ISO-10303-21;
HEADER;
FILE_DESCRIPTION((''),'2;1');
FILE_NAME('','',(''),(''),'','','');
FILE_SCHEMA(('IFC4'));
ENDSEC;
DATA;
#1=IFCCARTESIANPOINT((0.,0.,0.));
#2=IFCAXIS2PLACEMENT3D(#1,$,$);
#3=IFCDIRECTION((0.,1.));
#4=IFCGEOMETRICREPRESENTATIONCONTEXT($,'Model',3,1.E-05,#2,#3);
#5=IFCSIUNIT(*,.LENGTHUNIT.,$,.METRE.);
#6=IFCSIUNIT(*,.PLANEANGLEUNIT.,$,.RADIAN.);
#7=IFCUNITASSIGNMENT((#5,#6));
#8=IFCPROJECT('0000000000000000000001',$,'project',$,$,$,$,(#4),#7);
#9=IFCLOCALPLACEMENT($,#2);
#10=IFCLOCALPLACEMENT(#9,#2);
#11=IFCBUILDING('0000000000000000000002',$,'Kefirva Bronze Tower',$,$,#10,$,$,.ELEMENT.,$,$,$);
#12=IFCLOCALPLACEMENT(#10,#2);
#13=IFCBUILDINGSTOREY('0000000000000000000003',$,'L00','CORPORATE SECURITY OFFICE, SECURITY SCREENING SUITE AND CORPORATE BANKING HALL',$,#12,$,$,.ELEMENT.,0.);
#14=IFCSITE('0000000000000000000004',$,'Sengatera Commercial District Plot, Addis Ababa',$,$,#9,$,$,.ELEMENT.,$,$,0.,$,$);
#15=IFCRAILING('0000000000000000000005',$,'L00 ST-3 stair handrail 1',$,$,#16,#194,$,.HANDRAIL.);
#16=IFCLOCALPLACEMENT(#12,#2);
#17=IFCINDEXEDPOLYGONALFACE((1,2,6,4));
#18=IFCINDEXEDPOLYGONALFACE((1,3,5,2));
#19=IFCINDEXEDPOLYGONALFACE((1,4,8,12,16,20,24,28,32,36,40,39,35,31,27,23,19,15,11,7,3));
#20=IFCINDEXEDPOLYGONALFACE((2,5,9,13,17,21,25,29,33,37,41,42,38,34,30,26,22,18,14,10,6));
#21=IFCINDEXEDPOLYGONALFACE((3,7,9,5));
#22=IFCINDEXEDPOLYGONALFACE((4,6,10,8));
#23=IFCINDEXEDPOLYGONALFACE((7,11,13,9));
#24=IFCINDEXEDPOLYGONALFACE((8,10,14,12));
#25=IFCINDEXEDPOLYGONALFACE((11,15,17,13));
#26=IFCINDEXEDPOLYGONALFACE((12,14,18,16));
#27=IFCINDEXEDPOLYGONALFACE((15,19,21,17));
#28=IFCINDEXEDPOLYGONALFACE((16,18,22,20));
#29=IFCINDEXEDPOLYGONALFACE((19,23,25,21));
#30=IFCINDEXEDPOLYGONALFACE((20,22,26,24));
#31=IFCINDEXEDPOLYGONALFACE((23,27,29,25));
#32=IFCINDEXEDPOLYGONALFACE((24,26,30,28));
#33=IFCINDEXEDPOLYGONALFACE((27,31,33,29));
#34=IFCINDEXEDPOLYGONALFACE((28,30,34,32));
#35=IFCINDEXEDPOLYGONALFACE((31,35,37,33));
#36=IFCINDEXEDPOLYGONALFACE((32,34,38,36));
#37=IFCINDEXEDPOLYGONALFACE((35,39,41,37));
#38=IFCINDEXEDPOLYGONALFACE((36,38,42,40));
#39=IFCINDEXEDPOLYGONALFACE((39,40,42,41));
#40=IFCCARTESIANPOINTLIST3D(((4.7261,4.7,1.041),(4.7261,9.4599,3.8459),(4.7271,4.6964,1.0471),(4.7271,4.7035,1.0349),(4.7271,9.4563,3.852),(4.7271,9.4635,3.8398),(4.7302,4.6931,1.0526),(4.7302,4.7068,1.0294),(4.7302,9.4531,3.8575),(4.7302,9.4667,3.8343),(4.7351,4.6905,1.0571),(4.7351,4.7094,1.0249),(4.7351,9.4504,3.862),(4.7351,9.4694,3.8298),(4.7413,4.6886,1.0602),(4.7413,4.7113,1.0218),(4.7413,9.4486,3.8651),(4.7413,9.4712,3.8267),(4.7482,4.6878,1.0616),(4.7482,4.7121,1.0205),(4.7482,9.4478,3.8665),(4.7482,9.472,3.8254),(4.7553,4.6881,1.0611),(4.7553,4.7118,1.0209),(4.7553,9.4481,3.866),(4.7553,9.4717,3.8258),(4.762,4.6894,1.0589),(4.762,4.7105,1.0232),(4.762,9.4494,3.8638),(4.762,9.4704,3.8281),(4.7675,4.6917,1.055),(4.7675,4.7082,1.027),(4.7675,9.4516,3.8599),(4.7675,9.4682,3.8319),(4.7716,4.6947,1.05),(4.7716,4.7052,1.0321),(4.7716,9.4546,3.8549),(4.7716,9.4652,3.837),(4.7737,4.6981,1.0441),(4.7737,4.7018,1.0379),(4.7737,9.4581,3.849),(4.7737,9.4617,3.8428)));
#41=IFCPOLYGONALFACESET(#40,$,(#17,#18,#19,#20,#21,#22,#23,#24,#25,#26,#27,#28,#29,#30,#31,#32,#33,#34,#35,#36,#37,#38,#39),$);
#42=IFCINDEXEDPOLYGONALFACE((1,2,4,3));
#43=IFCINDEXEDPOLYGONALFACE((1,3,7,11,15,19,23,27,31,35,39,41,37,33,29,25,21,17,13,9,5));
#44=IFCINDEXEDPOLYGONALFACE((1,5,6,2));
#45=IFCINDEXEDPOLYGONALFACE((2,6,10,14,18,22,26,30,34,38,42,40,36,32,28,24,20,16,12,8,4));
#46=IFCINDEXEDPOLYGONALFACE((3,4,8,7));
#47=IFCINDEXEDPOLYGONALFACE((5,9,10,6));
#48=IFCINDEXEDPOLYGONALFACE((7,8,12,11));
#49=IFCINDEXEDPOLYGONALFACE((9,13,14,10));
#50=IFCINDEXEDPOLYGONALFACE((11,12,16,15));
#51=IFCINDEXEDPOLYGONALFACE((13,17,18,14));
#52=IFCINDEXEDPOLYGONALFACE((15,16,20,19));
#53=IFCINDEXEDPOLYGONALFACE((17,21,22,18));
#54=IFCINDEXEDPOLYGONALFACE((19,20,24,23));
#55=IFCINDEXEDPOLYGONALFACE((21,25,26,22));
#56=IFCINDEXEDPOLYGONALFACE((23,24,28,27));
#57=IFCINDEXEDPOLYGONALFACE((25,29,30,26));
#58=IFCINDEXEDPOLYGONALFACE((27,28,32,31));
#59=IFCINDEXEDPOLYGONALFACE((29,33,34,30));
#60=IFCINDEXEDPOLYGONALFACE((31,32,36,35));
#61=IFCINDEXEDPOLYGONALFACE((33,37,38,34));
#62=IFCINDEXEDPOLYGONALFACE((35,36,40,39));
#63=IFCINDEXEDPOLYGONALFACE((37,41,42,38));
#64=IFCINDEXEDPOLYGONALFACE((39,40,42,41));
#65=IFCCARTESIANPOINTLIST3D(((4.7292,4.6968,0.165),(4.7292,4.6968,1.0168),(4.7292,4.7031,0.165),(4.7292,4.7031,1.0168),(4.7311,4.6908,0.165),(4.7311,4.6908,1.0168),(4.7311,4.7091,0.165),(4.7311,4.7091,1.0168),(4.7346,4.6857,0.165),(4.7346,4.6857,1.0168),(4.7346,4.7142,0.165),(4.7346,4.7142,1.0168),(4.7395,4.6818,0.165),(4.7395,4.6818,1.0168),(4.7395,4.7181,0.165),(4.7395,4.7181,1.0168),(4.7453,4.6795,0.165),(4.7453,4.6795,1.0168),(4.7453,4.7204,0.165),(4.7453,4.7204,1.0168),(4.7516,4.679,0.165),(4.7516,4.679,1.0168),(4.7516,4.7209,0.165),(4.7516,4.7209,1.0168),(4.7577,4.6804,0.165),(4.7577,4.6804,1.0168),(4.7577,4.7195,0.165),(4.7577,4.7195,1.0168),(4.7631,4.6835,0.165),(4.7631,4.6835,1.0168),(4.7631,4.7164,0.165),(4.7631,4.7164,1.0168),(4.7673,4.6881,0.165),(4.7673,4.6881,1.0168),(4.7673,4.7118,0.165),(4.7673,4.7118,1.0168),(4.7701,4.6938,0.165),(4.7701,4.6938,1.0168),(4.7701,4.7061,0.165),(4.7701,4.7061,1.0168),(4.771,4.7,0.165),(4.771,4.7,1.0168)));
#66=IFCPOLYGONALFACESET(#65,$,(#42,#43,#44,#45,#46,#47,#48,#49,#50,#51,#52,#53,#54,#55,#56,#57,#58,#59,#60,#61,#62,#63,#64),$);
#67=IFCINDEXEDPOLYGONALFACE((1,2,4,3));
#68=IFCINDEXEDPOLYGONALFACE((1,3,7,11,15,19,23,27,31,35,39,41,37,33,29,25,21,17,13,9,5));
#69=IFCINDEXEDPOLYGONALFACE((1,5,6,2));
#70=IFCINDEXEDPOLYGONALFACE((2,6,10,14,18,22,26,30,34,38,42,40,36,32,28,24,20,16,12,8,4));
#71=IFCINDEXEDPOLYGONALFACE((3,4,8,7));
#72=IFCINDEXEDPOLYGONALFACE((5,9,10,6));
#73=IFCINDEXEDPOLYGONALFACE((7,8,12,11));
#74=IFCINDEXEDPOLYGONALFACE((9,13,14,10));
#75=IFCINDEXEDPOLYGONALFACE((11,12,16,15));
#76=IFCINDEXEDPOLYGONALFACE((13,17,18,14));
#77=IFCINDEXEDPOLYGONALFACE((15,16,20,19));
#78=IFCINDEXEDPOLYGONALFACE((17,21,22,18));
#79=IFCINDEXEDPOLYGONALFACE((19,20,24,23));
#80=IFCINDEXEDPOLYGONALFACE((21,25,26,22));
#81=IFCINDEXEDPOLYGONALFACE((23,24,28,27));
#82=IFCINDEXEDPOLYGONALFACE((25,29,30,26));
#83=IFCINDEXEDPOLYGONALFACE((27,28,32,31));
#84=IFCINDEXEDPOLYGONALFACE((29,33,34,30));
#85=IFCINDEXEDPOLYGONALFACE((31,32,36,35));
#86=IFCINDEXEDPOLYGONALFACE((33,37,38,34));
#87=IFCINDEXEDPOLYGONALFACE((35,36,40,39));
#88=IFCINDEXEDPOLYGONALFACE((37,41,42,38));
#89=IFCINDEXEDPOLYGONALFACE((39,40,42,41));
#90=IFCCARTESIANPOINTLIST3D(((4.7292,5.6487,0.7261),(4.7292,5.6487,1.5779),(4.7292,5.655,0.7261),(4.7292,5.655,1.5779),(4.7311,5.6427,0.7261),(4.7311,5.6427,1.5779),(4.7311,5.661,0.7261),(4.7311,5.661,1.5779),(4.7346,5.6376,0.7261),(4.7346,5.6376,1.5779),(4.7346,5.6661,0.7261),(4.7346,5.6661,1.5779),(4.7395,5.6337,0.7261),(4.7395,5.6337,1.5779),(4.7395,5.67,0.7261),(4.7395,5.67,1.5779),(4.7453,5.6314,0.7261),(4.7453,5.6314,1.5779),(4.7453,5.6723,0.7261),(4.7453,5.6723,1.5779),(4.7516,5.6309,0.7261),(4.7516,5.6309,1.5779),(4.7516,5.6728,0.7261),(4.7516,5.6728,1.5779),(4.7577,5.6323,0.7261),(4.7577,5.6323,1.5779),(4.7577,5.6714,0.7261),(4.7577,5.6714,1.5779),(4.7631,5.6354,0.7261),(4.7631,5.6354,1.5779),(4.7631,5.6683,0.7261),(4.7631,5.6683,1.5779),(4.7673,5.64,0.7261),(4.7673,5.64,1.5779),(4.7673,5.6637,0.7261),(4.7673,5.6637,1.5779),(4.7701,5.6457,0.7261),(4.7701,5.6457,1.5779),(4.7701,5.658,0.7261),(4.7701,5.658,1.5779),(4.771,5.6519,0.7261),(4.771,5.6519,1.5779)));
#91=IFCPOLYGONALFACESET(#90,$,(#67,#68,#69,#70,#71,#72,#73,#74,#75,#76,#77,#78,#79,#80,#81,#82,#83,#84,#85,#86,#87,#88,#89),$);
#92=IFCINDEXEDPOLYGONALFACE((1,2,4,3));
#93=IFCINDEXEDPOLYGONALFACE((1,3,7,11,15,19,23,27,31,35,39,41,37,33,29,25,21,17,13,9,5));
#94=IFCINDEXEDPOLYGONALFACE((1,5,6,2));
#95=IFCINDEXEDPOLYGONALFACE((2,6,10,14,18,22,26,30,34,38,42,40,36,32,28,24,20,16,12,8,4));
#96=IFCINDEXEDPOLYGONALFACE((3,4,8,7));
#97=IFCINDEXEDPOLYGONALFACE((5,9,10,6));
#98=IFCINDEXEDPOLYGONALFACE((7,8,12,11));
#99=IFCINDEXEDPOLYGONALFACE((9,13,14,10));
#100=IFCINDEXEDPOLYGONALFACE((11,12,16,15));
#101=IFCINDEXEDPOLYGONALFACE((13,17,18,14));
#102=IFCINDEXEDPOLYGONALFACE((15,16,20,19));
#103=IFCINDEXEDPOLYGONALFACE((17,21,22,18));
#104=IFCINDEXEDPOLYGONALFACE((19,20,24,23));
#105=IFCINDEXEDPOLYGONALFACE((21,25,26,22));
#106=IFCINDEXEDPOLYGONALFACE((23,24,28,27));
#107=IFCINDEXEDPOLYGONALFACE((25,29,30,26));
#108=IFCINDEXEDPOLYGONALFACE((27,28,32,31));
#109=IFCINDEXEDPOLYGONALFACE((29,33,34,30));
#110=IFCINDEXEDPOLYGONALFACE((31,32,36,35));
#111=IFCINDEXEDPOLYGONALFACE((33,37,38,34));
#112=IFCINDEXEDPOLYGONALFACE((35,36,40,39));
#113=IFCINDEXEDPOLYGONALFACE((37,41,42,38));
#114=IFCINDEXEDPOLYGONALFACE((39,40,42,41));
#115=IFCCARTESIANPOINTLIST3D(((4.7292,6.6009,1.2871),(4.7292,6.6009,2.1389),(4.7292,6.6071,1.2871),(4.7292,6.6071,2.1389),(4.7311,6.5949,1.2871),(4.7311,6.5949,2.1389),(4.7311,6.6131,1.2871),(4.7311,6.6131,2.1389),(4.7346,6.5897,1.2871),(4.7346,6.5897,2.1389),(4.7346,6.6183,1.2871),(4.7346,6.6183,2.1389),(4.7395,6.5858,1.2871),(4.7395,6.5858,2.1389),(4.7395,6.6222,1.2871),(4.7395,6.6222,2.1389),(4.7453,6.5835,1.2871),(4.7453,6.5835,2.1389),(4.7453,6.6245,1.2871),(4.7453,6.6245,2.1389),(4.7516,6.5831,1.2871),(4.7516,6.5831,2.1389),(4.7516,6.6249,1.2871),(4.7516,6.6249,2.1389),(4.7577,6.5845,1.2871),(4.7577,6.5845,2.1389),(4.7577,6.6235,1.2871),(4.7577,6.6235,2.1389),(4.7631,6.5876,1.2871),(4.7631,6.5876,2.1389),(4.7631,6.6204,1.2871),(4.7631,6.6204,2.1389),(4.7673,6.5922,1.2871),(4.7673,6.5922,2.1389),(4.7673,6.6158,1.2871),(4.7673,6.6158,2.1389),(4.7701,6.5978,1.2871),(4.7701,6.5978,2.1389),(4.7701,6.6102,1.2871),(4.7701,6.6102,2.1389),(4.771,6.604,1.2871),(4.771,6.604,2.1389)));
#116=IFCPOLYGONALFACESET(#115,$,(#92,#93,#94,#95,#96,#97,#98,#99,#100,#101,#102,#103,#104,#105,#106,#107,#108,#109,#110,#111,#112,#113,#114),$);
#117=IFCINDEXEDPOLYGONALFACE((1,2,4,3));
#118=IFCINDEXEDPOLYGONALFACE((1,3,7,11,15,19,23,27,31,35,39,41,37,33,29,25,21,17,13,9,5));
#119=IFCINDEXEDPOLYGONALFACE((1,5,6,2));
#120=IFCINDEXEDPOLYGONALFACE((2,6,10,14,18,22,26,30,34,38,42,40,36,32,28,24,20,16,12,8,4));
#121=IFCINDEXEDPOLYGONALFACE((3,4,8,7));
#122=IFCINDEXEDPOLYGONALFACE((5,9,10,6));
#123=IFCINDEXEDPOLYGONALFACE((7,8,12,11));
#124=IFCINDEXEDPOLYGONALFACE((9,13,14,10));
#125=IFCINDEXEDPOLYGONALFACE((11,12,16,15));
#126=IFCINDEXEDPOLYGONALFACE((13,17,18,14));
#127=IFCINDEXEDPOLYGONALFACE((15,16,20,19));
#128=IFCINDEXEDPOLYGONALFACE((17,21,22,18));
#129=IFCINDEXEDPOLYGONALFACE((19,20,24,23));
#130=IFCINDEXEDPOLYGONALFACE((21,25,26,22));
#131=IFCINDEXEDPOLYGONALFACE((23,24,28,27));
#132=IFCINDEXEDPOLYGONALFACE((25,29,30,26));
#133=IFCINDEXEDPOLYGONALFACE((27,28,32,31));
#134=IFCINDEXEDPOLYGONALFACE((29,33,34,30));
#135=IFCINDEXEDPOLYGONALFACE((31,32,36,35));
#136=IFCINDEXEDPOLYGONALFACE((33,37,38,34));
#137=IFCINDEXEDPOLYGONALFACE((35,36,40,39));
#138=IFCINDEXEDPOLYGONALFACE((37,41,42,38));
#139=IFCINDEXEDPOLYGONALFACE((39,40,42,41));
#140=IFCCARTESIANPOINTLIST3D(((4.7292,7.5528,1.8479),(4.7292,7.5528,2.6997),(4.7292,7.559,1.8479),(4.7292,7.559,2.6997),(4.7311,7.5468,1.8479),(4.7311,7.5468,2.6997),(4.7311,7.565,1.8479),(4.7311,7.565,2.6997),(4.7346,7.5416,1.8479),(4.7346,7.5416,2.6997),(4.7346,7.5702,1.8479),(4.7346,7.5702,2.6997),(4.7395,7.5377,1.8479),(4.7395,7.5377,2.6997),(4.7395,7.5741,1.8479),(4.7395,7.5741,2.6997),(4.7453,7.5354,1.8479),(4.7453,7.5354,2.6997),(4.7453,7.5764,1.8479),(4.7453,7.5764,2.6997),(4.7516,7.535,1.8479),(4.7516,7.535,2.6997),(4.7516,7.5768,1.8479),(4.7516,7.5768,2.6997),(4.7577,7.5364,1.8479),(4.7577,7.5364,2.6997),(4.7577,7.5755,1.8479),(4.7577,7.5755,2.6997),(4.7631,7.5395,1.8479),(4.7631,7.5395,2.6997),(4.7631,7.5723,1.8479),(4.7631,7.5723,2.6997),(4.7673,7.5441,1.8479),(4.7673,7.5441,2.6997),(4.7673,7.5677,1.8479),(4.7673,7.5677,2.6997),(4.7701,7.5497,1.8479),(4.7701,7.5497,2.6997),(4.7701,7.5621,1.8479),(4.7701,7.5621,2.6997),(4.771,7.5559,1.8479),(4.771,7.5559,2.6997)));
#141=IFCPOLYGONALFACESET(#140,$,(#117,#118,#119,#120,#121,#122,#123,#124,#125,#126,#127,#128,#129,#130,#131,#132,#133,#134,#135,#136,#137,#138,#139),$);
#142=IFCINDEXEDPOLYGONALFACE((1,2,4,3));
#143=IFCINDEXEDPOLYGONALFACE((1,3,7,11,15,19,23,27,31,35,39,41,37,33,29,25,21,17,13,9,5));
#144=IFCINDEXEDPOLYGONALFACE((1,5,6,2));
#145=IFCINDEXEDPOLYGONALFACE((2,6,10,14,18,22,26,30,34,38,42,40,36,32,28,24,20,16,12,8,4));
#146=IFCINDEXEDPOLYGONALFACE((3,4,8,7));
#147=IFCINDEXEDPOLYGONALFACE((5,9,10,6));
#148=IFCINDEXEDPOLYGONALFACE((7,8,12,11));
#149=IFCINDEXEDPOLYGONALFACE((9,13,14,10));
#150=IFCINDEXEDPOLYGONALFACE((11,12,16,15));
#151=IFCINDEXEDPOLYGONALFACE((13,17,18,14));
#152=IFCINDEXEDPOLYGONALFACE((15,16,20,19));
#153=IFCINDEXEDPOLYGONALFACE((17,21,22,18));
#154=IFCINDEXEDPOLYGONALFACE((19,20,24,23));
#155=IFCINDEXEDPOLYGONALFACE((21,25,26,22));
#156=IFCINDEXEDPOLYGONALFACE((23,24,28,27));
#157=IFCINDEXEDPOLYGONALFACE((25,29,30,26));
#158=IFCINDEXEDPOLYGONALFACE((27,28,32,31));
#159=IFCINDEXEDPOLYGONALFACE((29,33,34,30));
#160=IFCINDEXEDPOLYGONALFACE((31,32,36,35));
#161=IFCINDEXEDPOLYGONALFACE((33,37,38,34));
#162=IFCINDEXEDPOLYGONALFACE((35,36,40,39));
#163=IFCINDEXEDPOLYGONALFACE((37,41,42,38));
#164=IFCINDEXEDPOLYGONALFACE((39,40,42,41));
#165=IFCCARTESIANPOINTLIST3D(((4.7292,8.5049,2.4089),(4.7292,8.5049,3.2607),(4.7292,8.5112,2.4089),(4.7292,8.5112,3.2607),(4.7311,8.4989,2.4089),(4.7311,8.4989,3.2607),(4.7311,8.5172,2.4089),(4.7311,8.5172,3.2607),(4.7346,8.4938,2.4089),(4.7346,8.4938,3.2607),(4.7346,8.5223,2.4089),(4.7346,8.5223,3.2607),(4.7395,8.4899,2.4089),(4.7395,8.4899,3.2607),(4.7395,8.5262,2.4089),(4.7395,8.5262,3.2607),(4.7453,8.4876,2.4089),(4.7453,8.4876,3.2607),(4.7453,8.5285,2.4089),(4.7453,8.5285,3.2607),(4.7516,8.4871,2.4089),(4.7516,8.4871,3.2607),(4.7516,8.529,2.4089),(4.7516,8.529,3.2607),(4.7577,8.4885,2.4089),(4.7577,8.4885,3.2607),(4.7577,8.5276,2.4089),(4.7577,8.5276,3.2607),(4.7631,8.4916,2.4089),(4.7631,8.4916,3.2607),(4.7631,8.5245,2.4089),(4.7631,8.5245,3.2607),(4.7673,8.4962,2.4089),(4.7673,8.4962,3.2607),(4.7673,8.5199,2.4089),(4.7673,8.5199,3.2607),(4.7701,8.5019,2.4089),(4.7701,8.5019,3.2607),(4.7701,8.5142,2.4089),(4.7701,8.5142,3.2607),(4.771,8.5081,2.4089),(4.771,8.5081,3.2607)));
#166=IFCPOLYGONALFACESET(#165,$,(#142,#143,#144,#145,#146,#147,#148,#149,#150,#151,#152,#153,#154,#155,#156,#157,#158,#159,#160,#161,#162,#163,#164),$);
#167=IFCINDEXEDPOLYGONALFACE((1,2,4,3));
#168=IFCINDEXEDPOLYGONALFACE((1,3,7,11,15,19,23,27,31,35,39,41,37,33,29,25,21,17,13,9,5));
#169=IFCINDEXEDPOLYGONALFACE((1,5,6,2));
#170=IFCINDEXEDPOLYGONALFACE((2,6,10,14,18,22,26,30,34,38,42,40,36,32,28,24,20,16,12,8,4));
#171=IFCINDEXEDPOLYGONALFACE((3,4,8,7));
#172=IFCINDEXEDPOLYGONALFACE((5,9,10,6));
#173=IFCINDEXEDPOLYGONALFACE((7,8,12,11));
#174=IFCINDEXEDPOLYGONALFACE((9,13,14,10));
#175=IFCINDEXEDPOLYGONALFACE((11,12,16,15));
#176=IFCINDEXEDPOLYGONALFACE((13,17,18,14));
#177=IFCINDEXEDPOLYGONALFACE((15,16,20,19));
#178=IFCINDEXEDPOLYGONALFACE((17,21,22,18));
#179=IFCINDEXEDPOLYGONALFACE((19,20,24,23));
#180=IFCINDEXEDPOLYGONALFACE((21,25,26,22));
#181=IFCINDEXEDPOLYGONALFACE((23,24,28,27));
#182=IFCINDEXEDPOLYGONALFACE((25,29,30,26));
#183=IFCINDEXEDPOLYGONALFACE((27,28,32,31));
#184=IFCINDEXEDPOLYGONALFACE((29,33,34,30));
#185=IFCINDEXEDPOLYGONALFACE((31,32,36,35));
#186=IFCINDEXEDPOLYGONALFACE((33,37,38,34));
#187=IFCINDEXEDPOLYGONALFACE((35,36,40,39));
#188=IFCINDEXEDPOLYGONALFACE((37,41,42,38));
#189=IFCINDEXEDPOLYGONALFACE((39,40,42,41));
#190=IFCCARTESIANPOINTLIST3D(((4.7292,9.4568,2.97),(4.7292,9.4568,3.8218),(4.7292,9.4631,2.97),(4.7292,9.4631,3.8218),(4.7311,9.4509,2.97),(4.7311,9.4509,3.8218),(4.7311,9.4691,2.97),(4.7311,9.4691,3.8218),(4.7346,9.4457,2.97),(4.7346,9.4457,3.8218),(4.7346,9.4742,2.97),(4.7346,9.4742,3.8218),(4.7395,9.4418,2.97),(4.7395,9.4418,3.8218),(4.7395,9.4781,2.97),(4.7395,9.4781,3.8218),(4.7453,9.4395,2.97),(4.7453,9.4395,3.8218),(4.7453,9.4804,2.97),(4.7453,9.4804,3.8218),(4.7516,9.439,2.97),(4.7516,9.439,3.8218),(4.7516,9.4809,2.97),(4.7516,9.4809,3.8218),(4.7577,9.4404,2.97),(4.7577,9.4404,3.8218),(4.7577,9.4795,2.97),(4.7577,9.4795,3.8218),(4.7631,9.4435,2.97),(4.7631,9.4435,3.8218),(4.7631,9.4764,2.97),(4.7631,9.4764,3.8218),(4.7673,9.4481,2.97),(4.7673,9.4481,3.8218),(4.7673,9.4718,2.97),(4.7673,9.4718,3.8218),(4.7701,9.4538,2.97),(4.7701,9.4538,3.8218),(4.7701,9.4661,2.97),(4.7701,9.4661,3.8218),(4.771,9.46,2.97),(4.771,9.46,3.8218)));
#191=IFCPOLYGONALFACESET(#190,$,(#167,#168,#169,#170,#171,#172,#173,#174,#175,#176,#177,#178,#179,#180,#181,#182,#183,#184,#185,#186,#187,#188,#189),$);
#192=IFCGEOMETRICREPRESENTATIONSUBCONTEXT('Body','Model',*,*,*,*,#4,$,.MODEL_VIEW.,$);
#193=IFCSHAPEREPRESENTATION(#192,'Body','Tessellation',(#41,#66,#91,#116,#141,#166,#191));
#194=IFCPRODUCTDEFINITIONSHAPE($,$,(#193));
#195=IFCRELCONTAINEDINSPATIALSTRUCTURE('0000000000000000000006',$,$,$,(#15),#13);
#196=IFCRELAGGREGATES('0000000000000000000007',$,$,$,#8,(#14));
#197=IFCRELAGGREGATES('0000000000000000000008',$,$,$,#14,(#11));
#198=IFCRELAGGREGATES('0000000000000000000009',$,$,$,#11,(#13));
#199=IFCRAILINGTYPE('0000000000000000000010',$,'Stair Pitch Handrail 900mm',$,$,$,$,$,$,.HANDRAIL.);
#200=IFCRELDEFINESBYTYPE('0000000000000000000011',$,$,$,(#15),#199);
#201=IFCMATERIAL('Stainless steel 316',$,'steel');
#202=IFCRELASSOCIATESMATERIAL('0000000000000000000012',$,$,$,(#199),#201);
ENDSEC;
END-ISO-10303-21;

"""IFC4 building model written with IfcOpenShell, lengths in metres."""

from ifc_helpers import new_model, si_unit, direction, frame, origin, origin_2d, place, context, subcontext, project, spatial, circle, extrude, material, type_object, element, save


model = new_model("IFC4")

# Units and contexts
model_context = context("Model", 3, precision=1e-05, world=origin(), true_north=direction((0.0, 1.0)))
body_context = subcontext(model_context, "Body", "Model", "MODEL_VIEW")
ifc_project = project(units=[si_unit("LENGTHUNIT", "METRE"), si_unit("PLANEANGLEUNIT", "RADIAN")], contexts=[model_context])

# Site, building, storey
site_placement = place(None, origin())
site = spatial("IfcSite", under=ifc_project, at=site_placement, Name="Sengatera Commercial District Plot, Addis Ababa", CompositionType="ELEMENT", RefElevation=0.0)
building_placement = place(site_placement, origin())
building = spatial("IfcBuilding", under=site, at=building_placement, Name="Kefirva Bronze Tower", CompositionType="ELEMENT")
storey_placement = place(building_placement, origin())
storey = spatial("IfcBuildingStorey", under=building, at=storey_placement, Name="L00", Description="CORPORATE SECURITY OFFICE, SECURITY SCREENING SUITE AND CORPORATE BANKING HALL", CompositionType="ELEMENT", Elevation=0.0)

# Railing
ifc_material_1 = material(Name="Stainless steel 316", Category="steel")
railing_type_1 = type_object("IfcRailingType", Name="Stair Pitch Handrail 900mm", PredefinedType="HANDRAIL", material=ifc_material_1)
railing_1_placement = place(storey_placement, frame((4.75, 4.7, 0.165)))
element("IfcRailing", 1, at=railing_1_placement, inside=storey, type_object=railing_type_1, Name="L00 ST-3 stair handrail 1", PredefinedType="HANDRAIL", context=body_context, shape_type="SweptSolid", body=[
    extrude(circle(Radius=0.0239, at=origin_2d()), frame((0.0, 0.0, 0.876), z_axis=(0.0, 0.861544, 0.507682), x_axis=(-1.0, 0.0, 0.0)), (0.0, 0.0, 1.0), 5.5249),
    extrude(circle(Radius=0.021, at=origin_2d()), origin(), (0.0, 0.0, 1.0), 0.8518),
    extrude(circle(Radius=0.021, at=origin_2d()), frame((0.0, 0.9519, 0.561)), (0.0, 0.0, 1.0), 0.8518),
    extrude(circle(Radius=0.021, at=origin_2d()), frame((0.0, 1.9041, 1.1221)), (0.0, 0.0, 1.0), 0.8518),
    extrude(circle(Radius=0.021, at=origin_2d()), frame((0.0, 2.856, 1.6829)), (0.0, 0.0, 1.0), 0.8518),
    extrude(circle(Radius=0.021, at=origin_2d()), frame((0.0, 3.8081, 2.2439)), (0.0, 0.0, 1.0), 0.8518),
    extrude(circle(Radius=0.021, at=origin_2d()), frame((0.0, 4.76, 2.8049)), (0.0, 0.0, 1.0), 0.8518),
])

save(model, "model.ifc")
